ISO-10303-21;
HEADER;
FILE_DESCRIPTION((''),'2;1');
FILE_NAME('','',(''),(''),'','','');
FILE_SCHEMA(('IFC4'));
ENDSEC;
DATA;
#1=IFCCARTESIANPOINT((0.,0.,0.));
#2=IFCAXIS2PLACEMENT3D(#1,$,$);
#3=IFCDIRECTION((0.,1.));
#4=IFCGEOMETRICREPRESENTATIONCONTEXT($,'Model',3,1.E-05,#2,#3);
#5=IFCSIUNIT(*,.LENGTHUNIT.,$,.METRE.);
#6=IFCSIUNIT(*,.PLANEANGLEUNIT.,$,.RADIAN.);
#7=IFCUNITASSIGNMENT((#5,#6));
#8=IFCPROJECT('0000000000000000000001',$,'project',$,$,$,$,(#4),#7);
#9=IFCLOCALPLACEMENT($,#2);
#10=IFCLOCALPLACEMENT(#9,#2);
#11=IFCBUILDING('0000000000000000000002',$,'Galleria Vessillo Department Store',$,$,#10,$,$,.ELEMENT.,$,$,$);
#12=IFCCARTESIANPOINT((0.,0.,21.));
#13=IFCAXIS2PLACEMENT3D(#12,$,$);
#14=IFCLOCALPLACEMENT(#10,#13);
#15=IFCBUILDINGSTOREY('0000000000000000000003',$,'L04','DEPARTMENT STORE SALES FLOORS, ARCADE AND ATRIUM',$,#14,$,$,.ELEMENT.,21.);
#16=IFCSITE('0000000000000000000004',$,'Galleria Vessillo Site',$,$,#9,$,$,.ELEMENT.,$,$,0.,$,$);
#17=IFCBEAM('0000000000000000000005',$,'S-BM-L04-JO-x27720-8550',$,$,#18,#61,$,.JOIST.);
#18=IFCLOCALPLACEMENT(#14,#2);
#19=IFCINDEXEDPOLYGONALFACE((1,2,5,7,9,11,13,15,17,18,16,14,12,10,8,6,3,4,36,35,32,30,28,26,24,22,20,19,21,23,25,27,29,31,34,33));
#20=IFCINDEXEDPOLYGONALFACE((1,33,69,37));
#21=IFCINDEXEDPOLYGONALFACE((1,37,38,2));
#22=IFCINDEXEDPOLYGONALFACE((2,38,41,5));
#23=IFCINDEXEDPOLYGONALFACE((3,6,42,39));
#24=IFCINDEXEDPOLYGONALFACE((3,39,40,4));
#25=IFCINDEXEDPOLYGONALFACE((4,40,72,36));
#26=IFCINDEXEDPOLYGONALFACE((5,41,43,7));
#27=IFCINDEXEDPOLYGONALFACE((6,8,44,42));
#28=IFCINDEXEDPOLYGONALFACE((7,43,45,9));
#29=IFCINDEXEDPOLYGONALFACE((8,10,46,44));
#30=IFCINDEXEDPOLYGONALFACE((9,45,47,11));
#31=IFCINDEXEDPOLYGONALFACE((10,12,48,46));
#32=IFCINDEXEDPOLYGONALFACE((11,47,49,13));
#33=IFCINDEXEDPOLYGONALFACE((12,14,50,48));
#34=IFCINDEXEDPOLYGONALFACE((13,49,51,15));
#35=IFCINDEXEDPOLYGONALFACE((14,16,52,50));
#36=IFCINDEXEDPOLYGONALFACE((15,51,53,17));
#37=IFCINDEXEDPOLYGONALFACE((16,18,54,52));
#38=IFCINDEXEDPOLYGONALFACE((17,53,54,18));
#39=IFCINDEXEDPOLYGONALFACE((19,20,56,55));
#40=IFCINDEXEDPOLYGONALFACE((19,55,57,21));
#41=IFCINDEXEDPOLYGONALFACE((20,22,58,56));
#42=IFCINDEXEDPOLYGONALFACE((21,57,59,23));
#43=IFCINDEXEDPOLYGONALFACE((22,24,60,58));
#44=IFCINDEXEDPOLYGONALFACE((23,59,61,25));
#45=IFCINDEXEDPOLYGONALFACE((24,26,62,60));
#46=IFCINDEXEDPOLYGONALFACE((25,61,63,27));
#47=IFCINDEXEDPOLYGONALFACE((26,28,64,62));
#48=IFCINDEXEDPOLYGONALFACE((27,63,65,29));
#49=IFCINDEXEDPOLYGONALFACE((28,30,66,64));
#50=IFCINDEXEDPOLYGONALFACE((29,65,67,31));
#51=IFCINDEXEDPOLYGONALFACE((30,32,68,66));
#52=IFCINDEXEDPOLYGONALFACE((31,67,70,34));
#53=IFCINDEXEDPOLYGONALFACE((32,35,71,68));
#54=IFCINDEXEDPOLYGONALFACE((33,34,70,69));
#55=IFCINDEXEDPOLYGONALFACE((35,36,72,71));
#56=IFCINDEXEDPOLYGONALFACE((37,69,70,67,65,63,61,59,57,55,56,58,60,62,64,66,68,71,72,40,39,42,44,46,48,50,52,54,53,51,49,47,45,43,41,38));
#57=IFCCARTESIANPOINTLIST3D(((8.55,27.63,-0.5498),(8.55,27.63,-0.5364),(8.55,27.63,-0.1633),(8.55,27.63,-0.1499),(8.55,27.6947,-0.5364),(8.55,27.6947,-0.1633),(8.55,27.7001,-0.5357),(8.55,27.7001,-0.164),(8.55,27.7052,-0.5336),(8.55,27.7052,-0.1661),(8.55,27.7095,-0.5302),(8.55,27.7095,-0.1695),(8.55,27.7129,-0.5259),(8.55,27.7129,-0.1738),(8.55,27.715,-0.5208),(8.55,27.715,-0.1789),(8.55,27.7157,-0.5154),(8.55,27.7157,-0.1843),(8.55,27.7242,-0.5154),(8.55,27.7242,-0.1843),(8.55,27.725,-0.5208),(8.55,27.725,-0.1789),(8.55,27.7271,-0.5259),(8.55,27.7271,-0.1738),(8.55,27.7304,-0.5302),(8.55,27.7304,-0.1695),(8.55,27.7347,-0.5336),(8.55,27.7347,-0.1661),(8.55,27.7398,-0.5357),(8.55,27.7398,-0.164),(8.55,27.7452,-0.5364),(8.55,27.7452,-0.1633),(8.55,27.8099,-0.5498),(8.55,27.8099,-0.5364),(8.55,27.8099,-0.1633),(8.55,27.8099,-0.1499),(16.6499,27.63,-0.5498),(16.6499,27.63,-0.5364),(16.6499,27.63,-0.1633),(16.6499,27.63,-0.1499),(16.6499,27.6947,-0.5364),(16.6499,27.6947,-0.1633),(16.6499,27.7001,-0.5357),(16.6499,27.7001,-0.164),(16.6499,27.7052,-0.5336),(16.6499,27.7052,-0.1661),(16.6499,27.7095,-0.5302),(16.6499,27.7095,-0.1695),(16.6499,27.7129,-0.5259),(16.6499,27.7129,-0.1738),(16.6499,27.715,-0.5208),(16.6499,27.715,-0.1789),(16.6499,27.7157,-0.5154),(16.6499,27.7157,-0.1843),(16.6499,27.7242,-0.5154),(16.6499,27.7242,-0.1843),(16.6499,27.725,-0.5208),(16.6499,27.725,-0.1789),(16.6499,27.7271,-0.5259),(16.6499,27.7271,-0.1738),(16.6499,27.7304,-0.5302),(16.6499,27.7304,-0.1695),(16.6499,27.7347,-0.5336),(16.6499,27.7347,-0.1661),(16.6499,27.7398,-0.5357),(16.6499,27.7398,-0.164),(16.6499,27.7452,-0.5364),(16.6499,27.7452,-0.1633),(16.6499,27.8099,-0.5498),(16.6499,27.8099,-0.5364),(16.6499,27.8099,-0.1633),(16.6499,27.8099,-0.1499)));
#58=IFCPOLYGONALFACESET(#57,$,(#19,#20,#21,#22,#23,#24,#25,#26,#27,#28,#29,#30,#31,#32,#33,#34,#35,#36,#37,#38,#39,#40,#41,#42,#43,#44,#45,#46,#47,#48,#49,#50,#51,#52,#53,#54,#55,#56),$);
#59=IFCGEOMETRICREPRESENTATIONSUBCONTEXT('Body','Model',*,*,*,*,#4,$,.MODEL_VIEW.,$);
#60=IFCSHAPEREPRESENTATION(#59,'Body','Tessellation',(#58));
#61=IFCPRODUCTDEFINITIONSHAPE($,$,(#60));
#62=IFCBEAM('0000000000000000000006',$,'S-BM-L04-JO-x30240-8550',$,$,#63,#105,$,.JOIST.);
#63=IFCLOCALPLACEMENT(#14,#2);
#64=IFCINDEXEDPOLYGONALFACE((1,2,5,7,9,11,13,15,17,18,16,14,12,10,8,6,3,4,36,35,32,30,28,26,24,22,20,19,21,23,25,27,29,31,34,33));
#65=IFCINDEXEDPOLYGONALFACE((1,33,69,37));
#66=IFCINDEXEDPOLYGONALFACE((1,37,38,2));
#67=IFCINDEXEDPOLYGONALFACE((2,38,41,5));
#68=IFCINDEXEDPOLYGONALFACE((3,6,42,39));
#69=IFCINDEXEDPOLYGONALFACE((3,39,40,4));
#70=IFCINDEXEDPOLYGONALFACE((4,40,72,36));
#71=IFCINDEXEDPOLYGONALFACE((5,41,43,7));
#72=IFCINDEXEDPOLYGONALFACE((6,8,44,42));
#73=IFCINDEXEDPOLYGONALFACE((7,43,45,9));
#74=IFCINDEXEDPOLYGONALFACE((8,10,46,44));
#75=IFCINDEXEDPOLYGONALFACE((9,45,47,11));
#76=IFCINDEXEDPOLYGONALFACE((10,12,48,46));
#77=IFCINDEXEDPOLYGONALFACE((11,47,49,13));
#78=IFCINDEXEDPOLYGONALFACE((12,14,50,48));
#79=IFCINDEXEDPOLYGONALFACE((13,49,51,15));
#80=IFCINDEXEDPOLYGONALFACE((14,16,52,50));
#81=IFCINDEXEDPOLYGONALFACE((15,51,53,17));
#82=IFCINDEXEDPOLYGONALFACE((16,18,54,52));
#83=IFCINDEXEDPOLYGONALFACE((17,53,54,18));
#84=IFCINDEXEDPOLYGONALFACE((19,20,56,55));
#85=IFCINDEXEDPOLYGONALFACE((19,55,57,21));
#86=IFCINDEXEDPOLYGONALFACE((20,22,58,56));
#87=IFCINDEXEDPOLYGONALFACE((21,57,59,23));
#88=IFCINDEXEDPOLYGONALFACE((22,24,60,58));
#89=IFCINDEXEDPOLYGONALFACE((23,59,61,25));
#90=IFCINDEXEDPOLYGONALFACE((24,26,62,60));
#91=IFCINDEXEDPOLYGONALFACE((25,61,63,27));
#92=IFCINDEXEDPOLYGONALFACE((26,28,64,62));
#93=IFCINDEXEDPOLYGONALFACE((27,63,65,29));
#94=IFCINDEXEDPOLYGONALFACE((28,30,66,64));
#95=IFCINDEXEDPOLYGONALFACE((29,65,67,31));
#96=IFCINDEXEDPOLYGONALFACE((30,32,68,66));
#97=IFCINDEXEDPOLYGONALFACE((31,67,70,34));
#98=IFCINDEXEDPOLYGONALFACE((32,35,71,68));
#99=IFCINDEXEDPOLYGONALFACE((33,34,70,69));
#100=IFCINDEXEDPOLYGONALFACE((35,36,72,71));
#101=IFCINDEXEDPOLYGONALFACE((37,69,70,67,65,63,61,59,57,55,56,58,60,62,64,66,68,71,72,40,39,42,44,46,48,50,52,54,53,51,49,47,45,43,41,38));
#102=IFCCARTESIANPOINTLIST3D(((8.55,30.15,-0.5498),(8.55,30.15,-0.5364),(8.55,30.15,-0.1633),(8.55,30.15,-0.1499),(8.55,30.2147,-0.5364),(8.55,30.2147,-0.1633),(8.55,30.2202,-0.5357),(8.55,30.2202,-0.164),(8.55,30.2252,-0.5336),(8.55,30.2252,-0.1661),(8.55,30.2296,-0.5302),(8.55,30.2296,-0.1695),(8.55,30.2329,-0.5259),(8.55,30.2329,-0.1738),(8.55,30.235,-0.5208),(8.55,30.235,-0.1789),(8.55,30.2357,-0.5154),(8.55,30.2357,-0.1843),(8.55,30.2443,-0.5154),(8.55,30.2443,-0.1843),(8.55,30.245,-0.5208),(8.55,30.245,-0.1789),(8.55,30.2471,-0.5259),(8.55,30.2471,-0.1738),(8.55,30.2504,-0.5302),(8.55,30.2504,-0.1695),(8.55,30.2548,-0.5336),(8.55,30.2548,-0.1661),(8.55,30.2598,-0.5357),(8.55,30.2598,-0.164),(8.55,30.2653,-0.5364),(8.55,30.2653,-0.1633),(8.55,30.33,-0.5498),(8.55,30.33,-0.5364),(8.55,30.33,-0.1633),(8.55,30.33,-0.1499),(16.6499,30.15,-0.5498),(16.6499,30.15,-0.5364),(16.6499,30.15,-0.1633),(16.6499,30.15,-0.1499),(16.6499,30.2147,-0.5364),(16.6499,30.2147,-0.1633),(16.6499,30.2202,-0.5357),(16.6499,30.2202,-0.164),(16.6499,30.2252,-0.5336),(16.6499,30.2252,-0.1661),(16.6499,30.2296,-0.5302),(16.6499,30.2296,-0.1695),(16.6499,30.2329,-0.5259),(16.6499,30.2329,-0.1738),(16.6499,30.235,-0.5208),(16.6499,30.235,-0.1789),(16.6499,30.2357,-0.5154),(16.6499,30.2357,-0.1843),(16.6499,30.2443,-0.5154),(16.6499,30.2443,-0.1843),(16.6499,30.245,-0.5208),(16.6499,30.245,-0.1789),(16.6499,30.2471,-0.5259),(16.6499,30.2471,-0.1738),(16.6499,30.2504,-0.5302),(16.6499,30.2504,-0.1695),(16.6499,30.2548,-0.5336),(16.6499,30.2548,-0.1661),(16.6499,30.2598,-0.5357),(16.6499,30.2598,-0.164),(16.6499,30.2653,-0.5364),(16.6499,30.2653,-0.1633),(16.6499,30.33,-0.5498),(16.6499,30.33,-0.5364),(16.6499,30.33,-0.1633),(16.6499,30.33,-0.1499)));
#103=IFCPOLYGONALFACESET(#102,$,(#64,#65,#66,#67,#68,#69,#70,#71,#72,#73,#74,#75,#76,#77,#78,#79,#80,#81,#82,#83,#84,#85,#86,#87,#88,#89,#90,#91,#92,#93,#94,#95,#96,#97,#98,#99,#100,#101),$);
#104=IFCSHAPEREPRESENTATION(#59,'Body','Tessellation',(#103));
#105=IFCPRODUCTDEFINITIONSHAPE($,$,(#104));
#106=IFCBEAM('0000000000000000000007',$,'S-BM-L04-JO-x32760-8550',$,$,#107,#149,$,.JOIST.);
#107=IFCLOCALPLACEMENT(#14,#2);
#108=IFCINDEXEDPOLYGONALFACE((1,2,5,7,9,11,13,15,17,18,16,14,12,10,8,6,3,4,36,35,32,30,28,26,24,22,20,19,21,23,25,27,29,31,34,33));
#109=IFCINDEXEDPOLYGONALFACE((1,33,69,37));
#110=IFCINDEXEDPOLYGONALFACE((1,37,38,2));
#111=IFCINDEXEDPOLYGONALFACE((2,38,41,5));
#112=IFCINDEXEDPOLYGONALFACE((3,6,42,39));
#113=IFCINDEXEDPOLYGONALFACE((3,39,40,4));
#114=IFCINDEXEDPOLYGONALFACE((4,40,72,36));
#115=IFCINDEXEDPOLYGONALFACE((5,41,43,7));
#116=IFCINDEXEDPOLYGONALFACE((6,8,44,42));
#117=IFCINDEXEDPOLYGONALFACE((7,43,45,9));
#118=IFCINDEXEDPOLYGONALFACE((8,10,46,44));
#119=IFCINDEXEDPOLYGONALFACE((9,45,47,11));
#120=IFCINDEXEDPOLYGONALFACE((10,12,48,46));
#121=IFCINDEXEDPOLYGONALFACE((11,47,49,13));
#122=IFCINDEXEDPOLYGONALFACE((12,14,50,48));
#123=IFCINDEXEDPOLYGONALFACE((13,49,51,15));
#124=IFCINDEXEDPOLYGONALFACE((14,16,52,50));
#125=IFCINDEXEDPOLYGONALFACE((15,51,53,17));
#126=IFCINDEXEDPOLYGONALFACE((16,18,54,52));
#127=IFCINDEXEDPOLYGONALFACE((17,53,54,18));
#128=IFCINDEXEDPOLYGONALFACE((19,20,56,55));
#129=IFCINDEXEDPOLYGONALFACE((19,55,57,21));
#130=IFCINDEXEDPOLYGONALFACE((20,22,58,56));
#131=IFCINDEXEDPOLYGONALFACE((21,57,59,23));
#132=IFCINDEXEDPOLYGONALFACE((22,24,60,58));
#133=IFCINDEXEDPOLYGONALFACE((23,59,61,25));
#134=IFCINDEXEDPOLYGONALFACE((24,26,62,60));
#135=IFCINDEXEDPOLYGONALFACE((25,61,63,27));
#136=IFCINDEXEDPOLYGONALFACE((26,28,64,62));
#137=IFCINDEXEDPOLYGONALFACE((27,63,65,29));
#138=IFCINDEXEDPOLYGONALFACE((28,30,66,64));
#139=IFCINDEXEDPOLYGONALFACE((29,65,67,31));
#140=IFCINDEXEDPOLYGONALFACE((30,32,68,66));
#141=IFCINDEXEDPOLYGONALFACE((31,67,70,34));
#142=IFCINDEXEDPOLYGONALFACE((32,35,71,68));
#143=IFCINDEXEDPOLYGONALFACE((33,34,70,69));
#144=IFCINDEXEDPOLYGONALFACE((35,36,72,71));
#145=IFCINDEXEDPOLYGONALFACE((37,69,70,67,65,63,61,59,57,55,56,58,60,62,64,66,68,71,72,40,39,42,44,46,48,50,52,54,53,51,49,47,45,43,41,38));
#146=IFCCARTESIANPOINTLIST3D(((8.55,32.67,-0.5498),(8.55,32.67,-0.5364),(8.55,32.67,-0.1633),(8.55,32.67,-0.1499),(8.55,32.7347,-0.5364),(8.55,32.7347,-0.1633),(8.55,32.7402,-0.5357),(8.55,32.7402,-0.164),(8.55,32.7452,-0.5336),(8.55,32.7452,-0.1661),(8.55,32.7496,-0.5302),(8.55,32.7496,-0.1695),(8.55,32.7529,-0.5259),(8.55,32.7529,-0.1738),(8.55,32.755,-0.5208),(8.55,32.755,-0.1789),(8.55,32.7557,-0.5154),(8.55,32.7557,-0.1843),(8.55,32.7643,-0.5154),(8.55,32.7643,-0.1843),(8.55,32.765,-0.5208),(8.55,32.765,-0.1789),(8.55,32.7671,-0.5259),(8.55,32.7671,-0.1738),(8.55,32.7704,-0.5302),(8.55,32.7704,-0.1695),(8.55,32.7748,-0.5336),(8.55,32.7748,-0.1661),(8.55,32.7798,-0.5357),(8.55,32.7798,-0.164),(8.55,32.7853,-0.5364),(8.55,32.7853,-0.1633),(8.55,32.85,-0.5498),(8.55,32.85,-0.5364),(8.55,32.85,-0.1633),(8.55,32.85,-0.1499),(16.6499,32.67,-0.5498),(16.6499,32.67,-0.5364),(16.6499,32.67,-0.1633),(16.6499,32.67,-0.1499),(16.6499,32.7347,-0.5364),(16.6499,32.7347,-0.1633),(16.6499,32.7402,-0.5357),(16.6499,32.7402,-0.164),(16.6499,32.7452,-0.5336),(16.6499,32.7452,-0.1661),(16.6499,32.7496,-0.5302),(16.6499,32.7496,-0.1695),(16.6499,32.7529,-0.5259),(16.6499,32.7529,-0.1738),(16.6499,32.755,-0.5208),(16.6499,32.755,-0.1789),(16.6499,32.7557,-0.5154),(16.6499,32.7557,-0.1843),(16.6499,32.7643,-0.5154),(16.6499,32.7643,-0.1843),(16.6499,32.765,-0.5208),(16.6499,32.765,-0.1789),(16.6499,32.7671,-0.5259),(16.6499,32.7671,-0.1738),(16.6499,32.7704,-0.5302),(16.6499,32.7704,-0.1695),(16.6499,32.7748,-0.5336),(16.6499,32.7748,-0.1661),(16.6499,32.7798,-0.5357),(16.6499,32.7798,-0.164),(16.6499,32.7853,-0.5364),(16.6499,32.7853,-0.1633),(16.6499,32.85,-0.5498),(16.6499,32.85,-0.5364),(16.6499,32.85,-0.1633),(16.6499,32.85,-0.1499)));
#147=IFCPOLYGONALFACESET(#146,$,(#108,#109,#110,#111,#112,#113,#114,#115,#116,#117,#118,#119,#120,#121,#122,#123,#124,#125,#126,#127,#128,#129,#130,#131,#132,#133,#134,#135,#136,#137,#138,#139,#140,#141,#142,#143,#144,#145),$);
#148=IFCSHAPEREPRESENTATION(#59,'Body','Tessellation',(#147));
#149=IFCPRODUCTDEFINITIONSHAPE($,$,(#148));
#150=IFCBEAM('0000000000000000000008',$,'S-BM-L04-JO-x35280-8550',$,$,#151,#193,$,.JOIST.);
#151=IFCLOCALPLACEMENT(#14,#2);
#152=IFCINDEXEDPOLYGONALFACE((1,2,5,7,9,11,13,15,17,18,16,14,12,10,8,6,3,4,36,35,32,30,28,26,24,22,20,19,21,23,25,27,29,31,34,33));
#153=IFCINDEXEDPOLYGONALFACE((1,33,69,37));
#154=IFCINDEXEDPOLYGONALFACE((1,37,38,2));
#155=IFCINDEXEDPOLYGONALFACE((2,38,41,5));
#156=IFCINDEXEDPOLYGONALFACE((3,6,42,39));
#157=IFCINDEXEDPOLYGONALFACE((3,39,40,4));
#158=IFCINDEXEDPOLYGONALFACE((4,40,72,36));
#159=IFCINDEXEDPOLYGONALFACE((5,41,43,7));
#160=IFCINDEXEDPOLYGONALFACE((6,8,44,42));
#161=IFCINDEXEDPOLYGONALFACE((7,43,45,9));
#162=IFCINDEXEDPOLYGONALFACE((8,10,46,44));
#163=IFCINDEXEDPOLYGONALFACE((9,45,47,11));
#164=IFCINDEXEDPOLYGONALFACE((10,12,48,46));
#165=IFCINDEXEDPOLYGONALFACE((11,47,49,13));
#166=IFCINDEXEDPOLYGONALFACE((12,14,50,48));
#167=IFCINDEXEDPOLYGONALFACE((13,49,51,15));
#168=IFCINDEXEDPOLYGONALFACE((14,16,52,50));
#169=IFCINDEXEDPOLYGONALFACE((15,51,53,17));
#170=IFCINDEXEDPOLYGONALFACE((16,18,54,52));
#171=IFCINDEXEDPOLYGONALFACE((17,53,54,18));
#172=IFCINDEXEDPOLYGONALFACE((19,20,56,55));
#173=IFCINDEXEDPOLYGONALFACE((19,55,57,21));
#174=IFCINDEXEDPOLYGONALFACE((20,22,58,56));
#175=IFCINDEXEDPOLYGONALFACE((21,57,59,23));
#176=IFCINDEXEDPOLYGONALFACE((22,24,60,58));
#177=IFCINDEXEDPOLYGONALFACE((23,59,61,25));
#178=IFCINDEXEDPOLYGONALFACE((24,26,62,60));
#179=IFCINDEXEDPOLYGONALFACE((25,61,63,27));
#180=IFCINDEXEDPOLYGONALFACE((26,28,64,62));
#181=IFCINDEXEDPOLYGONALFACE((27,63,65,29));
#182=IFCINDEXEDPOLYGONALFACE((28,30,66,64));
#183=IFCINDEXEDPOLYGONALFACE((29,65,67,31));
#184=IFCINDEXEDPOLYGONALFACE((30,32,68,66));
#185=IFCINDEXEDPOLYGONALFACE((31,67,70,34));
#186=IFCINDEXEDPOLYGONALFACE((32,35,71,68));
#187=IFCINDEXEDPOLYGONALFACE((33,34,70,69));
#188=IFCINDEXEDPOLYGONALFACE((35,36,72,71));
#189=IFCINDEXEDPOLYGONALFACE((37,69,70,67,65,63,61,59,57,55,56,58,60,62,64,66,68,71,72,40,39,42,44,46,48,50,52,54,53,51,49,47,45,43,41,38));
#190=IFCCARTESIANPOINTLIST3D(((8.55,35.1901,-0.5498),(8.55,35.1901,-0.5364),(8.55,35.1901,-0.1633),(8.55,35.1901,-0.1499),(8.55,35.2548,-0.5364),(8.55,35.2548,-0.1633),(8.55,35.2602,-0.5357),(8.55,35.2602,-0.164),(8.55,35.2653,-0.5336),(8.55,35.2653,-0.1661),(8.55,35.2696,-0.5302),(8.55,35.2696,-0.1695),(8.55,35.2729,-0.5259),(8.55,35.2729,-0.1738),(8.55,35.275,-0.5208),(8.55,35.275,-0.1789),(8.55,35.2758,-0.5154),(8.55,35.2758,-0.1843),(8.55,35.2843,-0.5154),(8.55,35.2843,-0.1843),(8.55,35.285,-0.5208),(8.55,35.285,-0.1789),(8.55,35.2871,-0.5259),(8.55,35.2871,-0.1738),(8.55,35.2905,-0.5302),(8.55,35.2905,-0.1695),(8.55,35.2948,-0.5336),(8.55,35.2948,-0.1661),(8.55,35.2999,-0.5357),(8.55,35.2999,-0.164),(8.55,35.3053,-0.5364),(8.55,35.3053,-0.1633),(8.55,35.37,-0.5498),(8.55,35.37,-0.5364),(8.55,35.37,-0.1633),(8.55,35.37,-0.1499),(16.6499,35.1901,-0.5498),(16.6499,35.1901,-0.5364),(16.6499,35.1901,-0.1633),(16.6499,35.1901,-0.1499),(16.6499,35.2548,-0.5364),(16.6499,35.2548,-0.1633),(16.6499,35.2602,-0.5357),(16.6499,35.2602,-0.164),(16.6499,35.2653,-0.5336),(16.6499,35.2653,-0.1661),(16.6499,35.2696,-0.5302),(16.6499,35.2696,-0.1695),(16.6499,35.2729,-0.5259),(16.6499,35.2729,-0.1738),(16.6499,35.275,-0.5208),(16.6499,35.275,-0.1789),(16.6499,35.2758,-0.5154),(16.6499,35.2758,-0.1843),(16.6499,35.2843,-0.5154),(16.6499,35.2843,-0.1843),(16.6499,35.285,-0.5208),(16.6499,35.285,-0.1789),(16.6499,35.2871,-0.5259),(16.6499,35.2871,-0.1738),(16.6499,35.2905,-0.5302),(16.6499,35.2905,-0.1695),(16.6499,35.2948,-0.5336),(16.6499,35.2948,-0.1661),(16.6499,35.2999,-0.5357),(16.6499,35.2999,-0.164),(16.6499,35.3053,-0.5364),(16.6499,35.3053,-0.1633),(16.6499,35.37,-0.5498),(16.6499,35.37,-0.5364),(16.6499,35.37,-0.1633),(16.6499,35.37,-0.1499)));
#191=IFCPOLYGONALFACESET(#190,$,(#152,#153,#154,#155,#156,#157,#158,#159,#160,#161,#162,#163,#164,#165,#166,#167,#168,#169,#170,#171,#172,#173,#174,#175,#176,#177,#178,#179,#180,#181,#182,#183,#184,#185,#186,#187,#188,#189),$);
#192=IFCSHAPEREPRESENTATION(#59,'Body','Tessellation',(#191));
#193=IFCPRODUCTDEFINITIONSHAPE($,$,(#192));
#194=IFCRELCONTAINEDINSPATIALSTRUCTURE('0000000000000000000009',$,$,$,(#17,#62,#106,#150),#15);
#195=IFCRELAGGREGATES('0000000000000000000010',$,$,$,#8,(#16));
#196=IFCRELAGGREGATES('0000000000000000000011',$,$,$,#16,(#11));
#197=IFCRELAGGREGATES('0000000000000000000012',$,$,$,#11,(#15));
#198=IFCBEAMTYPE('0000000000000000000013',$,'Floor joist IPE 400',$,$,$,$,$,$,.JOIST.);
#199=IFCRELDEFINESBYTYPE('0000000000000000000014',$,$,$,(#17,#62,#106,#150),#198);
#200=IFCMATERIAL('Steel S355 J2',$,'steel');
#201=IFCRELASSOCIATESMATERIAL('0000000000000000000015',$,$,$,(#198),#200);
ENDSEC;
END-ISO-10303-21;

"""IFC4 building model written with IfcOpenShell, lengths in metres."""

from ifc_helpers import new_model, si_unit, direction, frame, origin, origin_2d, place, context, subcontext, project, spatial, i_section, extrude, material, material_profile, profile_set, type_object, element, save


model = new_model("IFC4")

# Units and contexts
model_context = context("Model", 3, precision=1e-05, world=origin(), true_north=direction((0.0, 1.0)))
body_context = subcontext(model_context, "Body", "Model", "MODEL_VIEW")
ifc_project = project(units=[si_unit("LENGTHUNIT", "METRE"), si_unit("PLANEANGLEUNIT", "RADIAN")], contexts=[model_context])

# Site, building, storey
site_placement = place(None, origin())
site = spatial("IfcSite", under=ifc_project, at=site_placement, Name="Galleria Vessillo Site", CompositionType="ELEMENT", RefElevation=0.0)
building_placement = place(site_placement, origin())
building = spatial("IfcBuilding", under=site, at=building_placement, Name="Galleria Vessillo Department Store", CompositionType="ELEMENT")
storey_placement = place(building_placement, frame((0.0, 0.0, 21.0)))
storey = spatial("IfcBuildingStorey", under=building, at=storey_placement, Name="L04", Description="DEPARTMENT STORE SALES FLOORS, ARCADE AND ATRIUM", CompositionType="ELEMENT", Elevation=21.0)

# Beams
ifc_material_1 = material(Name="Steel S355 J2", Category="steel")
ifc_material_profile_1 = material_profile(ifc_material_1, i_section(OverallWidth=0.1799, OverallDepth=0.3999, WebThickness=0.0085, FlangeThickness=0.0134, FilletRadius=0.021, at=origin_2d()), Name="IPE 400")
ifc_profile_set_1 = profile_set([ifc_material_profile_1], Name="Steel S355 J2")
beam_type_1 = type_object("IfcBeamType", Name="Floor joist IPE 400", PredefinedType="JOIST", material=ifc_profile_set_1)
for number, where, z_axis, x_axis, name in (
    (1, (8.55, 27.72, -0.3499), (1.0, 0.0, 0.0), (0.0, 1.0, 0.0), "S-BM-L04-JO-x27720-8550"),
    (2, (8.55, 30.24, -0.3499), (1.0, 0.0, 0.0), (0.0, 1.0, 0.0), "S-BM-L04-JO-x30240-8550"),
    (3, (8.55, 32.76, -0.3499), (1.0, 0.0, 0.0), (0.0, 1.0, 0.0), "S-BM-L04-JO-x32760-8550"),
    (4, (8.55, 35.28, -0.3499), (1.0, 0.0, 0.0), (0.0, 1.0, 0.0), "S-BM-L04-JO-x35280-8550"),
):
    element("IfcBeam", number, at=place(storey_placement, frame(where, z_axis=z_axis, x_axis=x_axis)), inside=storey, type_object=beam_type_1, Name=name, PredefinedType="JOIST", context=body_context, shape_type="SweptSolid", body=[
        extrude(i_section(OverallWidth=0.1799, OverallDepth=0.3999, WebThickness=0.0085, FlangeThickness=0.0134, FilletRadius=0.021, at=origin_2d()), origin(), (0.0, 0.0, 1.0), 8.0999),
    ])

save(model, "model.ifc")
